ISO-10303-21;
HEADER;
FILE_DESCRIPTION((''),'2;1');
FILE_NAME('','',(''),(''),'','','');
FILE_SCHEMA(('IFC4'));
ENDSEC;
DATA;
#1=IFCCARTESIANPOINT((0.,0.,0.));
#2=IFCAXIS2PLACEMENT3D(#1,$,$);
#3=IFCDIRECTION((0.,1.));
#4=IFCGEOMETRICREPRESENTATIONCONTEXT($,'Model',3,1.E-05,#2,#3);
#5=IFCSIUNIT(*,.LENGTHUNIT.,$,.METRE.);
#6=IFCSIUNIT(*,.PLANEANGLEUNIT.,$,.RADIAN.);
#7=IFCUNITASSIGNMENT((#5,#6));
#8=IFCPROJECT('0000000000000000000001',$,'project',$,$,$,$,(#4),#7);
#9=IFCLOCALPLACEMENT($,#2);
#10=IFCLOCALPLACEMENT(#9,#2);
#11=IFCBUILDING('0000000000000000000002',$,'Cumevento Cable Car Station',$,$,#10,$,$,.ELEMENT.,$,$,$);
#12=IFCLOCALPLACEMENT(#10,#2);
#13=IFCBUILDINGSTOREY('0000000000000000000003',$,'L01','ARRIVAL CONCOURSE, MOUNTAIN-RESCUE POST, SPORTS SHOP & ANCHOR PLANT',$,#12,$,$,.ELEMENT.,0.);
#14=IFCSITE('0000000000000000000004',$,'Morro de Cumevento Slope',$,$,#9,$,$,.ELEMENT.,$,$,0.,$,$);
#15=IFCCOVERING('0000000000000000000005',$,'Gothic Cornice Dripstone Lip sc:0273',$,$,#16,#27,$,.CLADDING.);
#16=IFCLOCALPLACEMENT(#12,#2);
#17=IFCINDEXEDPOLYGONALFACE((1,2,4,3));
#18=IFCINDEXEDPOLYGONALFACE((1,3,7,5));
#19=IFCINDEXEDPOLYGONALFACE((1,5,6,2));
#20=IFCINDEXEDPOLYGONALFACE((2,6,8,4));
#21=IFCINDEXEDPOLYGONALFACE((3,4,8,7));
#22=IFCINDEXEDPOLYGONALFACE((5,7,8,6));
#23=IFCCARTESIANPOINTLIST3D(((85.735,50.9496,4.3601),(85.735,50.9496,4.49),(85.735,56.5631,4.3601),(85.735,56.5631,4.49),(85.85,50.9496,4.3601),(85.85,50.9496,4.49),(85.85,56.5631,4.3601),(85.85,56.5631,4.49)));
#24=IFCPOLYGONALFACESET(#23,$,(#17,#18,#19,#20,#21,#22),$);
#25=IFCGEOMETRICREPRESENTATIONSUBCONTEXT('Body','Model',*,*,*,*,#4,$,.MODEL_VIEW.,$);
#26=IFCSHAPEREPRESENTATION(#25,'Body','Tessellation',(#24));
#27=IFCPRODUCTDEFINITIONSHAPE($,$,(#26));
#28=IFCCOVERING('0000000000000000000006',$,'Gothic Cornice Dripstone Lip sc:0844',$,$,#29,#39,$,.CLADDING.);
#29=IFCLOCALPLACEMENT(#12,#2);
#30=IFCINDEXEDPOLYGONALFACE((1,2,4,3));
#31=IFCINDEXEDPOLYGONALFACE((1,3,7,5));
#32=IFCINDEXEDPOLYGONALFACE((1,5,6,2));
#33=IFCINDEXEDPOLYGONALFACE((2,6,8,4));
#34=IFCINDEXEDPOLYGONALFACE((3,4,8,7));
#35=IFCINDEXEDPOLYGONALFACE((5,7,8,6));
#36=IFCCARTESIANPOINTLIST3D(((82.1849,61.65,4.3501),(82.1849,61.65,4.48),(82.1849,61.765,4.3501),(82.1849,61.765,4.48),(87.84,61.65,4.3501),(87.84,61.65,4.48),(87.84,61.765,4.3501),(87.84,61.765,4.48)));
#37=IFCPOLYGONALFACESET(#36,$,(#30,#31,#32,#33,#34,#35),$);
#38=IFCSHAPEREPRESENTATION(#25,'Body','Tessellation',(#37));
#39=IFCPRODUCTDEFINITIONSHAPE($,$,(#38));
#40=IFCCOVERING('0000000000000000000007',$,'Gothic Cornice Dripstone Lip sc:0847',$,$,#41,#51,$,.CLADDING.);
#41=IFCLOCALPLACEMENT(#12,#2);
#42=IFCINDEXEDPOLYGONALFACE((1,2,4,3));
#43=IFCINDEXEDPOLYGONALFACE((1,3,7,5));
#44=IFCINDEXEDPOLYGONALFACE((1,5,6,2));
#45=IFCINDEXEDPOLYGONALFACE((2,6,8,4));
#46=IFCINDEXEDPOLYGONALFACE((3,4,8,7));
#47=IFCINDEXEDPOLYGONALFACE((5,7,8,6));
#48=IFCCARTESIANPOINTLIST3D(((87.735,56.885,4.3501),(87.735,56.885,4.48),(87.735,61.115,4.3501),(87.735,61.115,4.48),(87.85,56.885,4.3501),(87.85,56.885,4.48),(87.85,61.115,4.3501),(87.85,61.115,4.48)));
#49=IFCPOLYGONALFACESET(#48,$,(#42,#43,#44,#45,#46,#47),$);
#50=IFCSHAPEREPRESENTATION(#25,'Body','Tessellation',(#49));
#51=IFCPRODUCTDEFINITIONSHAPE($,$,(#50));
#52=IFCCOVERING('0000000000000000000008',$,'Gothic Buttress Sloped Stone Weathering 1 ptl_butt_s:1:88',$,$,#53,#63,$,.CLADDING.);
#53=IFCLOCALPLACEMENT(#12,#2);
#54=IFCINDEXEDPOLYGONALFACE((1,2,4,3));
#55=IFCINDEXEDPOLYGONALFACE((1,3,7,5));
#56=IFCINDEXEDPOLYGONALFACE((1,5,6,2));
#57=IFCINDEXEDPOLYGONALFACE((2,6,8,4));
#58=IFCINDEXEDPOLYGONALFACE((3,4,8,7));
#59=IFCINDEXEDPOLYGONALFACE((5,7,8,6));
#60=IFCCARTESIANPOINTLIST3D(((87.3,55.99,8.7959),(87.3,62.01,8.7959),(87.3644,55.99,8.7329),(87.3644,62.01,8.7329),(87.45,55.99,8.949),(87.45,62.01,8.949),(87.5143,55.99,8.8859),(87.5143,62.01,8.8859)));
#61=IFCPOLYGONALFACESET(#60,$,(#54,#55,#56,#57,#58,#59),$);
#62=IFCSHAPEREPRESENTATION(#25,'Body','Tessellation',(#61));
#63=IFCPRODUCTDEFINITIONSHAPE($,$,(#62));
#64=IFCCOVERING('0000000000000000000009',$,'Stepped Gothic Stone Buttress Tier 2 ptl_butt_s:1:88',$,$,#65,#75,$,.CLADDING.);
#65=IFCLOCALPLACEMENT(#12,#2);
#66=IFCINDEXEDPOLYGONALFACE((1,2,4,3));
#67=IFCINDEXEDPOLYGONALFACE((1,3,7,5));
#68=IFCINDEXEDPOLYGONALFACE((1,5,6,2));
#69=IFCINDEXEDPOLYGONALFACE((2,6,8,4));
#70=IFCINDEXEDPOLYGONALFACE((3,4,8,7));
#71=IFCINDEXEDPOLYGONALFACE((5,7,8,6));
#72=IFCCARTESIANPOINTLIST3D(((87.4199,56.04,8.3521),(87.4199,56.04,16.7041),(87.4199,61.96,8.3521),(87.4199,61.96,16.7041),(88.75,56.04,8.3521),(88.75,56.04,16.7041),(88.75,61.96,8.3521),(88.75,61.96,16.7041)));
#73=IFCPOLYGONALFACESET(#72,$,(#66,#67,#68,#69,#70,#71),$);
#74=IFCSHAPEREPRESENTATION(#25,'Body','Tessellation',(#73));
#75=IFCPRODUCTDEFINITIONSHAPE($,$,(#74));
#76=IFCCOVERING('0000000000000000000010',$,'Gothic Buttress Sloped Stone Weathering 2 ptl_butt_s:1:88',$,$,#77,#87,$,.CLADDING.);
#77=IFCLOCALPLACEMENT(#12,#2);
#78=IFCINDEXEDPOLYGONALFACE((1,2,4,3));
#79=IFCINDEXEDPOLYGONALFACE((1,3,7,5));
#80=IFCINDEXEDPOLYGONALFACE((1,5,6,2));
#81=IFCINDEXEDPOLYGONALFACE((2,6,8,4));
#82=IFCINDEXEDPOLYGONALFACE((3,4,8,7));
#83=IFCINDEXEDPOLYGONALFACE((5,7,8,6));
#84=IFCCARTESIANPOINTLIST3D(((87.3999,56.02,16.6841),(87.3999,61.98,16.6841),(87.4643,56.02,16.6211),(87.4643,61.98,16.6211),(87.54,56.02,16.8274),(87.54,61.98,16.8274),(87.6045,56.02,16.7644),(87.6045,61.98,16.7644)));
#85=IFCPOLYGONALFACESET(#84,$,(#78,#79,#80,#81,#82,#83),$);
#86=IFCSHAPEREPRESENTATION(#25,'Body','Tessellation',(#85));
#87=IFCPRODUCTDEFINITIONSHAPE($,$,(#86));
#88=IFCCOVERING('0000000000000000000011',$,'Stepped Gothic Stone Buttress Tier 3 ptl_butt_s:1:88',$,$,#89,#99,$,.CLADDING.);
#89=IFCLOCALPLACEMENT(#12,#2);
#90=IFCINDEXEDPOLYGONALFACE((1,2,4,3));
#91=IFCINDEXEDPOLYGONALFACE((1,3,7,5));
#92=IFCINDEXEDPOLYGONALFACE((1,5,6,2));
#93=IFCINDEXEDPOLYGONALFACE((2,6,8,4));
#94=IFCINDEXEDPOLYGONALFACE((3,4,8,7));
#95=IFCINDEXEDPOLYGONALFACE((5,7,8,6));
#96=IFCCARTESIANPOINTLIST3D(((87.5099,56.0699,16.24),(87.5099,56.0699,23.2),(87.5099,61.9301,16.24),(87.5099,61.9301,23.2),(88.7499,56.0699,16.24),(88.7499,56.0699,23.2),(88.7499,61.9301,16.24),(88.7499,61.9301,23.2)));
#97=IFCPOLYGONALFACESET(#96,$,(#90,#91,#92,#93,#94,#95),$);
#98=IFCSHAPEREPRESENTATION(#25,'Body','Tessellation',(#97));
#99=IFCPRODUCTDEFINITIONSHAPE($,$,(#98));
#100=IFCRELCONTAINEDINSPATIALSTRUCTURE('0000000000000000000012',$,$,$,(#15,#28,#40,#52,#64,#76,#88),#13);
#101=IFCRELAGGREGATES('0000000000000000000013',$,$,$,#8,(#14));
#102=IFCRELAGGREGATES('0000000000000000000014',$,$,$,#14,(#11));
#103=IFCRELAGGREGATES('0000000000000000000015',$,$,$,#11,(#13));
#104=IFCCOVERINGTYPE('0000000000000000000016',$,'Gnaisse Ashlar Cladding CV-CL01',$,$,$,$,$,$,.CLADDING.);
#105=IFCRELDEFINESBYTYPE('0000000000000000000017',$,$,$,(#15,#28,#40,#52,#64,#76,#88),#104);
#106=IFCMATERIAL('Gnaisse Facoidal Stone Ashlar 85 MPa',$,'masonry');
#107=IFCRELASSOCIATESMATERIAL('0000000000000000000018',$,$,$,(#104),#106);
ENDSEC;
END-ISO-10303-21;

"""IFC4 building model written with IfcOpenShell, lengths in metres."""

from ifc_helpers import new_model, si_unit, direction, frame, origin, origin_2d, place, context, subcontext, project, spatial, polyline, rectangle, outline, extrude, material, type_object, element, save


model = new_model("IFC4")

# Units and contexts
model_context = context("Model", 3, precision=1e-05, world=origin(), true_north=direction((0.0, 1.0)))
body_context = subcontext(model_context, "Body", "Model", "MODEL_VIEW")
ifc_project = project(units=[si_unit("LENGTHUNIT", "METRE"), si_unit("PLANEANGLEUNIT", "RADIAN")], contexts=[model_context])

# Site, building, storey
site_placement = place(None, origin())
site = spatial("IfcSite", under=ifc_project, at=site_placement, Name="Morro de Cumevento Slope", CompositionType="ELEMENT", RefElevation=0.0)
building_placement = place(site_placement, origin())
building = spatial("IfcBuilding", under=site, at=building_placement, Name="Cumevento Cable Car Station", CompositionType="ELEMENT")
storey_placement = place(building_placement, origin())
storey = spatial("IfcBuildingStorey", under=building, at=storey_placement, Name="L01", Description="ARRIVAL CONCOURSE, MOUNTAIN-RESCUE POST, SPORTS SHOP & ANCHOR PLANT", CompositionType="ELEMENT", Elevation=0.0)

# Coverings
ifc_material = material(Name="Gnaisse Facoidal Stone Ashlar 85 MPa", Category="masonry")
covering_type = type_object("IfcCoveringType", Name="Gnaisse Ashlar Cladding CV-CL01", PredefinedType="CLADDING", material=ifc_material)
for number, where, z_axis, x_axis, name in (
    (1, (85.7925, 53.7563, 4.3601), (0.0, 0.0, 1.0), (0.0, 1.0, 0.0), "Gothic Cornice Dripstone Lip sc:0273"),
):
    element("IfcCovering", number, at=place(storey_placement, frame(where, z_axis=z_axis, x_axis=x_axis)), inside=storey, type_object=covering_type, Name=name, PredefinedType="CLADDING", context=body_context, shape_type="SweptSolid", body=[
        extrude(rectangle(XDim=5.6135, YDim=0.115, at=origin_2d()), origin(), (0.0, 0.0, 1.0), 0.1299),
    ])
covering_1_placement = place(storey_placement, frame((85.0125, 61.7075, 4.3501), z_axis=(0.0, 0.0, 1.0), x_axis=(1.0, 0.0, 0.0)))
element("IfcCovering", 2, at=covering_1_placement, inside=storey, type_object=covering_type, Name="Gothic Cornice Dripstone Lip sc:0844", PredefinedType="CLADDING", context=body_context, shape_type="SweptSolid", body=[
    extrude(rectangle(XDim=5.655, YDim=0.115, at=origin_2d()), origin(), (0.0, 0.0, 1.0), 0.1299),
])
covering_2_placement = place(storey_placement, frame((87.7925, 59.0, 4.3501), z_axis=(0.0, 0.0, 1.0), x_axis=(0.0, 1.0, 0.0)))
element("IfcCovering", 3, at=covering_2_placement, inside=storey, type_object=covering_type, Name="Gothic Cornice Dripstone Lip sc:0847", PredefinedType="CLADDING", context=body_context, shape_type="SweptSolid", body=[
    extrude(rectangle(XDim=4.23, YDim=0.115, at=origin_2d()), origin(), (0.0, 0.0, 1.0), 0.1299),
])
covering_3_placement = place(storey_placement, frame((87.3, 62.01, 8.7959), z_axis=(-0.714475, 0.0, 0.699661), x_axis=(0.0, -1.0, 0.0)))
element("IfcCovering", 4, at=covering_3_placement, inside=storey, type_object=covering_type, Name="Gothic Buttress Sloped Stone Weathering 1 ptl_butt_s:1:88", PredefinedType="CLADDING", context=body_context, shape_type="SweptSolid", body=[
    extrude(outline(polyline([(0.0, 0.0), (6.02, 0.0), (6.02, 0.2142), (0.0, 0.2142), (0.0, 0.0)])), origin(), (0.0, 0.0, -1.0), 0.0901),
])
covering_4_placement = place(storey_placement, frame((88.085, 59.0, 8.3521), z_axis=(0.0, 0.0, 1.0), x_axis=(0.0, -1.0, 0.0)))
element("IfcCovering", 5, at=covering_4_placement, inside=storey, type_object=covering_type, Name="Stepped Gothic Stone Buttress Tier 2 ptl_butt_s:1:88", PredefinedType="CLADDING", context=body_context, shape_type="SweptSolid", body=[
    extrude(rectangle(XDim=5.9199, YDim=1.3301, at=origin_2d()), origin(), (0.0, 0.0, 1.0), 8.3521),
])
covering_5_placement = place(storey_placement, frame((87.3999, 61.98, 16.6841), z_axis=(-0.71498, 0.0, 0.699145), x_axis=(0.0, -1.0, 0.0)))
element("IfcCovering", 6, at=covering_5_placement, inside=storey, type_object=covering_type, Name="Gothic Buttress Sloped Stone Weathering 2 ptl_butt_s:1:88", PredefinedType="CLADDING", context=body_context, shape_type="SweptSolid", body=[
    extrude(outline(polyline([(0.0, 0.0), (5.96, 0.0), (5.96, 0.2004), (0.0, 0.2004), (0.0, 0.0)])), origin(), (0.0, 0.0, -1.0), 0.0901),
])
covering_6_placement = place(storey_placement, frame((88.1299, 59.0, 16.24), z_axis=(0.0, 0.0, 1.0), x_axis=(0.0, -1.0, 0.0)))
element("IfcCovering", 7, at=covering_6_placement, inside=storey, type_object=covering_type, Name="Stepped Gothic Stone Buttress Tier 3 ptl_butt_s:1:88", PredefinedType="CLADDING", context=body_context, shape_type="SweptSolid", body=[
    extrude(rectangle(XDim=5.8601, YDim=1.24, at=origin_2d()), origin(), (0.0, 0.0, 1.0), 6.96),
])

save(model, "model.ifc")
